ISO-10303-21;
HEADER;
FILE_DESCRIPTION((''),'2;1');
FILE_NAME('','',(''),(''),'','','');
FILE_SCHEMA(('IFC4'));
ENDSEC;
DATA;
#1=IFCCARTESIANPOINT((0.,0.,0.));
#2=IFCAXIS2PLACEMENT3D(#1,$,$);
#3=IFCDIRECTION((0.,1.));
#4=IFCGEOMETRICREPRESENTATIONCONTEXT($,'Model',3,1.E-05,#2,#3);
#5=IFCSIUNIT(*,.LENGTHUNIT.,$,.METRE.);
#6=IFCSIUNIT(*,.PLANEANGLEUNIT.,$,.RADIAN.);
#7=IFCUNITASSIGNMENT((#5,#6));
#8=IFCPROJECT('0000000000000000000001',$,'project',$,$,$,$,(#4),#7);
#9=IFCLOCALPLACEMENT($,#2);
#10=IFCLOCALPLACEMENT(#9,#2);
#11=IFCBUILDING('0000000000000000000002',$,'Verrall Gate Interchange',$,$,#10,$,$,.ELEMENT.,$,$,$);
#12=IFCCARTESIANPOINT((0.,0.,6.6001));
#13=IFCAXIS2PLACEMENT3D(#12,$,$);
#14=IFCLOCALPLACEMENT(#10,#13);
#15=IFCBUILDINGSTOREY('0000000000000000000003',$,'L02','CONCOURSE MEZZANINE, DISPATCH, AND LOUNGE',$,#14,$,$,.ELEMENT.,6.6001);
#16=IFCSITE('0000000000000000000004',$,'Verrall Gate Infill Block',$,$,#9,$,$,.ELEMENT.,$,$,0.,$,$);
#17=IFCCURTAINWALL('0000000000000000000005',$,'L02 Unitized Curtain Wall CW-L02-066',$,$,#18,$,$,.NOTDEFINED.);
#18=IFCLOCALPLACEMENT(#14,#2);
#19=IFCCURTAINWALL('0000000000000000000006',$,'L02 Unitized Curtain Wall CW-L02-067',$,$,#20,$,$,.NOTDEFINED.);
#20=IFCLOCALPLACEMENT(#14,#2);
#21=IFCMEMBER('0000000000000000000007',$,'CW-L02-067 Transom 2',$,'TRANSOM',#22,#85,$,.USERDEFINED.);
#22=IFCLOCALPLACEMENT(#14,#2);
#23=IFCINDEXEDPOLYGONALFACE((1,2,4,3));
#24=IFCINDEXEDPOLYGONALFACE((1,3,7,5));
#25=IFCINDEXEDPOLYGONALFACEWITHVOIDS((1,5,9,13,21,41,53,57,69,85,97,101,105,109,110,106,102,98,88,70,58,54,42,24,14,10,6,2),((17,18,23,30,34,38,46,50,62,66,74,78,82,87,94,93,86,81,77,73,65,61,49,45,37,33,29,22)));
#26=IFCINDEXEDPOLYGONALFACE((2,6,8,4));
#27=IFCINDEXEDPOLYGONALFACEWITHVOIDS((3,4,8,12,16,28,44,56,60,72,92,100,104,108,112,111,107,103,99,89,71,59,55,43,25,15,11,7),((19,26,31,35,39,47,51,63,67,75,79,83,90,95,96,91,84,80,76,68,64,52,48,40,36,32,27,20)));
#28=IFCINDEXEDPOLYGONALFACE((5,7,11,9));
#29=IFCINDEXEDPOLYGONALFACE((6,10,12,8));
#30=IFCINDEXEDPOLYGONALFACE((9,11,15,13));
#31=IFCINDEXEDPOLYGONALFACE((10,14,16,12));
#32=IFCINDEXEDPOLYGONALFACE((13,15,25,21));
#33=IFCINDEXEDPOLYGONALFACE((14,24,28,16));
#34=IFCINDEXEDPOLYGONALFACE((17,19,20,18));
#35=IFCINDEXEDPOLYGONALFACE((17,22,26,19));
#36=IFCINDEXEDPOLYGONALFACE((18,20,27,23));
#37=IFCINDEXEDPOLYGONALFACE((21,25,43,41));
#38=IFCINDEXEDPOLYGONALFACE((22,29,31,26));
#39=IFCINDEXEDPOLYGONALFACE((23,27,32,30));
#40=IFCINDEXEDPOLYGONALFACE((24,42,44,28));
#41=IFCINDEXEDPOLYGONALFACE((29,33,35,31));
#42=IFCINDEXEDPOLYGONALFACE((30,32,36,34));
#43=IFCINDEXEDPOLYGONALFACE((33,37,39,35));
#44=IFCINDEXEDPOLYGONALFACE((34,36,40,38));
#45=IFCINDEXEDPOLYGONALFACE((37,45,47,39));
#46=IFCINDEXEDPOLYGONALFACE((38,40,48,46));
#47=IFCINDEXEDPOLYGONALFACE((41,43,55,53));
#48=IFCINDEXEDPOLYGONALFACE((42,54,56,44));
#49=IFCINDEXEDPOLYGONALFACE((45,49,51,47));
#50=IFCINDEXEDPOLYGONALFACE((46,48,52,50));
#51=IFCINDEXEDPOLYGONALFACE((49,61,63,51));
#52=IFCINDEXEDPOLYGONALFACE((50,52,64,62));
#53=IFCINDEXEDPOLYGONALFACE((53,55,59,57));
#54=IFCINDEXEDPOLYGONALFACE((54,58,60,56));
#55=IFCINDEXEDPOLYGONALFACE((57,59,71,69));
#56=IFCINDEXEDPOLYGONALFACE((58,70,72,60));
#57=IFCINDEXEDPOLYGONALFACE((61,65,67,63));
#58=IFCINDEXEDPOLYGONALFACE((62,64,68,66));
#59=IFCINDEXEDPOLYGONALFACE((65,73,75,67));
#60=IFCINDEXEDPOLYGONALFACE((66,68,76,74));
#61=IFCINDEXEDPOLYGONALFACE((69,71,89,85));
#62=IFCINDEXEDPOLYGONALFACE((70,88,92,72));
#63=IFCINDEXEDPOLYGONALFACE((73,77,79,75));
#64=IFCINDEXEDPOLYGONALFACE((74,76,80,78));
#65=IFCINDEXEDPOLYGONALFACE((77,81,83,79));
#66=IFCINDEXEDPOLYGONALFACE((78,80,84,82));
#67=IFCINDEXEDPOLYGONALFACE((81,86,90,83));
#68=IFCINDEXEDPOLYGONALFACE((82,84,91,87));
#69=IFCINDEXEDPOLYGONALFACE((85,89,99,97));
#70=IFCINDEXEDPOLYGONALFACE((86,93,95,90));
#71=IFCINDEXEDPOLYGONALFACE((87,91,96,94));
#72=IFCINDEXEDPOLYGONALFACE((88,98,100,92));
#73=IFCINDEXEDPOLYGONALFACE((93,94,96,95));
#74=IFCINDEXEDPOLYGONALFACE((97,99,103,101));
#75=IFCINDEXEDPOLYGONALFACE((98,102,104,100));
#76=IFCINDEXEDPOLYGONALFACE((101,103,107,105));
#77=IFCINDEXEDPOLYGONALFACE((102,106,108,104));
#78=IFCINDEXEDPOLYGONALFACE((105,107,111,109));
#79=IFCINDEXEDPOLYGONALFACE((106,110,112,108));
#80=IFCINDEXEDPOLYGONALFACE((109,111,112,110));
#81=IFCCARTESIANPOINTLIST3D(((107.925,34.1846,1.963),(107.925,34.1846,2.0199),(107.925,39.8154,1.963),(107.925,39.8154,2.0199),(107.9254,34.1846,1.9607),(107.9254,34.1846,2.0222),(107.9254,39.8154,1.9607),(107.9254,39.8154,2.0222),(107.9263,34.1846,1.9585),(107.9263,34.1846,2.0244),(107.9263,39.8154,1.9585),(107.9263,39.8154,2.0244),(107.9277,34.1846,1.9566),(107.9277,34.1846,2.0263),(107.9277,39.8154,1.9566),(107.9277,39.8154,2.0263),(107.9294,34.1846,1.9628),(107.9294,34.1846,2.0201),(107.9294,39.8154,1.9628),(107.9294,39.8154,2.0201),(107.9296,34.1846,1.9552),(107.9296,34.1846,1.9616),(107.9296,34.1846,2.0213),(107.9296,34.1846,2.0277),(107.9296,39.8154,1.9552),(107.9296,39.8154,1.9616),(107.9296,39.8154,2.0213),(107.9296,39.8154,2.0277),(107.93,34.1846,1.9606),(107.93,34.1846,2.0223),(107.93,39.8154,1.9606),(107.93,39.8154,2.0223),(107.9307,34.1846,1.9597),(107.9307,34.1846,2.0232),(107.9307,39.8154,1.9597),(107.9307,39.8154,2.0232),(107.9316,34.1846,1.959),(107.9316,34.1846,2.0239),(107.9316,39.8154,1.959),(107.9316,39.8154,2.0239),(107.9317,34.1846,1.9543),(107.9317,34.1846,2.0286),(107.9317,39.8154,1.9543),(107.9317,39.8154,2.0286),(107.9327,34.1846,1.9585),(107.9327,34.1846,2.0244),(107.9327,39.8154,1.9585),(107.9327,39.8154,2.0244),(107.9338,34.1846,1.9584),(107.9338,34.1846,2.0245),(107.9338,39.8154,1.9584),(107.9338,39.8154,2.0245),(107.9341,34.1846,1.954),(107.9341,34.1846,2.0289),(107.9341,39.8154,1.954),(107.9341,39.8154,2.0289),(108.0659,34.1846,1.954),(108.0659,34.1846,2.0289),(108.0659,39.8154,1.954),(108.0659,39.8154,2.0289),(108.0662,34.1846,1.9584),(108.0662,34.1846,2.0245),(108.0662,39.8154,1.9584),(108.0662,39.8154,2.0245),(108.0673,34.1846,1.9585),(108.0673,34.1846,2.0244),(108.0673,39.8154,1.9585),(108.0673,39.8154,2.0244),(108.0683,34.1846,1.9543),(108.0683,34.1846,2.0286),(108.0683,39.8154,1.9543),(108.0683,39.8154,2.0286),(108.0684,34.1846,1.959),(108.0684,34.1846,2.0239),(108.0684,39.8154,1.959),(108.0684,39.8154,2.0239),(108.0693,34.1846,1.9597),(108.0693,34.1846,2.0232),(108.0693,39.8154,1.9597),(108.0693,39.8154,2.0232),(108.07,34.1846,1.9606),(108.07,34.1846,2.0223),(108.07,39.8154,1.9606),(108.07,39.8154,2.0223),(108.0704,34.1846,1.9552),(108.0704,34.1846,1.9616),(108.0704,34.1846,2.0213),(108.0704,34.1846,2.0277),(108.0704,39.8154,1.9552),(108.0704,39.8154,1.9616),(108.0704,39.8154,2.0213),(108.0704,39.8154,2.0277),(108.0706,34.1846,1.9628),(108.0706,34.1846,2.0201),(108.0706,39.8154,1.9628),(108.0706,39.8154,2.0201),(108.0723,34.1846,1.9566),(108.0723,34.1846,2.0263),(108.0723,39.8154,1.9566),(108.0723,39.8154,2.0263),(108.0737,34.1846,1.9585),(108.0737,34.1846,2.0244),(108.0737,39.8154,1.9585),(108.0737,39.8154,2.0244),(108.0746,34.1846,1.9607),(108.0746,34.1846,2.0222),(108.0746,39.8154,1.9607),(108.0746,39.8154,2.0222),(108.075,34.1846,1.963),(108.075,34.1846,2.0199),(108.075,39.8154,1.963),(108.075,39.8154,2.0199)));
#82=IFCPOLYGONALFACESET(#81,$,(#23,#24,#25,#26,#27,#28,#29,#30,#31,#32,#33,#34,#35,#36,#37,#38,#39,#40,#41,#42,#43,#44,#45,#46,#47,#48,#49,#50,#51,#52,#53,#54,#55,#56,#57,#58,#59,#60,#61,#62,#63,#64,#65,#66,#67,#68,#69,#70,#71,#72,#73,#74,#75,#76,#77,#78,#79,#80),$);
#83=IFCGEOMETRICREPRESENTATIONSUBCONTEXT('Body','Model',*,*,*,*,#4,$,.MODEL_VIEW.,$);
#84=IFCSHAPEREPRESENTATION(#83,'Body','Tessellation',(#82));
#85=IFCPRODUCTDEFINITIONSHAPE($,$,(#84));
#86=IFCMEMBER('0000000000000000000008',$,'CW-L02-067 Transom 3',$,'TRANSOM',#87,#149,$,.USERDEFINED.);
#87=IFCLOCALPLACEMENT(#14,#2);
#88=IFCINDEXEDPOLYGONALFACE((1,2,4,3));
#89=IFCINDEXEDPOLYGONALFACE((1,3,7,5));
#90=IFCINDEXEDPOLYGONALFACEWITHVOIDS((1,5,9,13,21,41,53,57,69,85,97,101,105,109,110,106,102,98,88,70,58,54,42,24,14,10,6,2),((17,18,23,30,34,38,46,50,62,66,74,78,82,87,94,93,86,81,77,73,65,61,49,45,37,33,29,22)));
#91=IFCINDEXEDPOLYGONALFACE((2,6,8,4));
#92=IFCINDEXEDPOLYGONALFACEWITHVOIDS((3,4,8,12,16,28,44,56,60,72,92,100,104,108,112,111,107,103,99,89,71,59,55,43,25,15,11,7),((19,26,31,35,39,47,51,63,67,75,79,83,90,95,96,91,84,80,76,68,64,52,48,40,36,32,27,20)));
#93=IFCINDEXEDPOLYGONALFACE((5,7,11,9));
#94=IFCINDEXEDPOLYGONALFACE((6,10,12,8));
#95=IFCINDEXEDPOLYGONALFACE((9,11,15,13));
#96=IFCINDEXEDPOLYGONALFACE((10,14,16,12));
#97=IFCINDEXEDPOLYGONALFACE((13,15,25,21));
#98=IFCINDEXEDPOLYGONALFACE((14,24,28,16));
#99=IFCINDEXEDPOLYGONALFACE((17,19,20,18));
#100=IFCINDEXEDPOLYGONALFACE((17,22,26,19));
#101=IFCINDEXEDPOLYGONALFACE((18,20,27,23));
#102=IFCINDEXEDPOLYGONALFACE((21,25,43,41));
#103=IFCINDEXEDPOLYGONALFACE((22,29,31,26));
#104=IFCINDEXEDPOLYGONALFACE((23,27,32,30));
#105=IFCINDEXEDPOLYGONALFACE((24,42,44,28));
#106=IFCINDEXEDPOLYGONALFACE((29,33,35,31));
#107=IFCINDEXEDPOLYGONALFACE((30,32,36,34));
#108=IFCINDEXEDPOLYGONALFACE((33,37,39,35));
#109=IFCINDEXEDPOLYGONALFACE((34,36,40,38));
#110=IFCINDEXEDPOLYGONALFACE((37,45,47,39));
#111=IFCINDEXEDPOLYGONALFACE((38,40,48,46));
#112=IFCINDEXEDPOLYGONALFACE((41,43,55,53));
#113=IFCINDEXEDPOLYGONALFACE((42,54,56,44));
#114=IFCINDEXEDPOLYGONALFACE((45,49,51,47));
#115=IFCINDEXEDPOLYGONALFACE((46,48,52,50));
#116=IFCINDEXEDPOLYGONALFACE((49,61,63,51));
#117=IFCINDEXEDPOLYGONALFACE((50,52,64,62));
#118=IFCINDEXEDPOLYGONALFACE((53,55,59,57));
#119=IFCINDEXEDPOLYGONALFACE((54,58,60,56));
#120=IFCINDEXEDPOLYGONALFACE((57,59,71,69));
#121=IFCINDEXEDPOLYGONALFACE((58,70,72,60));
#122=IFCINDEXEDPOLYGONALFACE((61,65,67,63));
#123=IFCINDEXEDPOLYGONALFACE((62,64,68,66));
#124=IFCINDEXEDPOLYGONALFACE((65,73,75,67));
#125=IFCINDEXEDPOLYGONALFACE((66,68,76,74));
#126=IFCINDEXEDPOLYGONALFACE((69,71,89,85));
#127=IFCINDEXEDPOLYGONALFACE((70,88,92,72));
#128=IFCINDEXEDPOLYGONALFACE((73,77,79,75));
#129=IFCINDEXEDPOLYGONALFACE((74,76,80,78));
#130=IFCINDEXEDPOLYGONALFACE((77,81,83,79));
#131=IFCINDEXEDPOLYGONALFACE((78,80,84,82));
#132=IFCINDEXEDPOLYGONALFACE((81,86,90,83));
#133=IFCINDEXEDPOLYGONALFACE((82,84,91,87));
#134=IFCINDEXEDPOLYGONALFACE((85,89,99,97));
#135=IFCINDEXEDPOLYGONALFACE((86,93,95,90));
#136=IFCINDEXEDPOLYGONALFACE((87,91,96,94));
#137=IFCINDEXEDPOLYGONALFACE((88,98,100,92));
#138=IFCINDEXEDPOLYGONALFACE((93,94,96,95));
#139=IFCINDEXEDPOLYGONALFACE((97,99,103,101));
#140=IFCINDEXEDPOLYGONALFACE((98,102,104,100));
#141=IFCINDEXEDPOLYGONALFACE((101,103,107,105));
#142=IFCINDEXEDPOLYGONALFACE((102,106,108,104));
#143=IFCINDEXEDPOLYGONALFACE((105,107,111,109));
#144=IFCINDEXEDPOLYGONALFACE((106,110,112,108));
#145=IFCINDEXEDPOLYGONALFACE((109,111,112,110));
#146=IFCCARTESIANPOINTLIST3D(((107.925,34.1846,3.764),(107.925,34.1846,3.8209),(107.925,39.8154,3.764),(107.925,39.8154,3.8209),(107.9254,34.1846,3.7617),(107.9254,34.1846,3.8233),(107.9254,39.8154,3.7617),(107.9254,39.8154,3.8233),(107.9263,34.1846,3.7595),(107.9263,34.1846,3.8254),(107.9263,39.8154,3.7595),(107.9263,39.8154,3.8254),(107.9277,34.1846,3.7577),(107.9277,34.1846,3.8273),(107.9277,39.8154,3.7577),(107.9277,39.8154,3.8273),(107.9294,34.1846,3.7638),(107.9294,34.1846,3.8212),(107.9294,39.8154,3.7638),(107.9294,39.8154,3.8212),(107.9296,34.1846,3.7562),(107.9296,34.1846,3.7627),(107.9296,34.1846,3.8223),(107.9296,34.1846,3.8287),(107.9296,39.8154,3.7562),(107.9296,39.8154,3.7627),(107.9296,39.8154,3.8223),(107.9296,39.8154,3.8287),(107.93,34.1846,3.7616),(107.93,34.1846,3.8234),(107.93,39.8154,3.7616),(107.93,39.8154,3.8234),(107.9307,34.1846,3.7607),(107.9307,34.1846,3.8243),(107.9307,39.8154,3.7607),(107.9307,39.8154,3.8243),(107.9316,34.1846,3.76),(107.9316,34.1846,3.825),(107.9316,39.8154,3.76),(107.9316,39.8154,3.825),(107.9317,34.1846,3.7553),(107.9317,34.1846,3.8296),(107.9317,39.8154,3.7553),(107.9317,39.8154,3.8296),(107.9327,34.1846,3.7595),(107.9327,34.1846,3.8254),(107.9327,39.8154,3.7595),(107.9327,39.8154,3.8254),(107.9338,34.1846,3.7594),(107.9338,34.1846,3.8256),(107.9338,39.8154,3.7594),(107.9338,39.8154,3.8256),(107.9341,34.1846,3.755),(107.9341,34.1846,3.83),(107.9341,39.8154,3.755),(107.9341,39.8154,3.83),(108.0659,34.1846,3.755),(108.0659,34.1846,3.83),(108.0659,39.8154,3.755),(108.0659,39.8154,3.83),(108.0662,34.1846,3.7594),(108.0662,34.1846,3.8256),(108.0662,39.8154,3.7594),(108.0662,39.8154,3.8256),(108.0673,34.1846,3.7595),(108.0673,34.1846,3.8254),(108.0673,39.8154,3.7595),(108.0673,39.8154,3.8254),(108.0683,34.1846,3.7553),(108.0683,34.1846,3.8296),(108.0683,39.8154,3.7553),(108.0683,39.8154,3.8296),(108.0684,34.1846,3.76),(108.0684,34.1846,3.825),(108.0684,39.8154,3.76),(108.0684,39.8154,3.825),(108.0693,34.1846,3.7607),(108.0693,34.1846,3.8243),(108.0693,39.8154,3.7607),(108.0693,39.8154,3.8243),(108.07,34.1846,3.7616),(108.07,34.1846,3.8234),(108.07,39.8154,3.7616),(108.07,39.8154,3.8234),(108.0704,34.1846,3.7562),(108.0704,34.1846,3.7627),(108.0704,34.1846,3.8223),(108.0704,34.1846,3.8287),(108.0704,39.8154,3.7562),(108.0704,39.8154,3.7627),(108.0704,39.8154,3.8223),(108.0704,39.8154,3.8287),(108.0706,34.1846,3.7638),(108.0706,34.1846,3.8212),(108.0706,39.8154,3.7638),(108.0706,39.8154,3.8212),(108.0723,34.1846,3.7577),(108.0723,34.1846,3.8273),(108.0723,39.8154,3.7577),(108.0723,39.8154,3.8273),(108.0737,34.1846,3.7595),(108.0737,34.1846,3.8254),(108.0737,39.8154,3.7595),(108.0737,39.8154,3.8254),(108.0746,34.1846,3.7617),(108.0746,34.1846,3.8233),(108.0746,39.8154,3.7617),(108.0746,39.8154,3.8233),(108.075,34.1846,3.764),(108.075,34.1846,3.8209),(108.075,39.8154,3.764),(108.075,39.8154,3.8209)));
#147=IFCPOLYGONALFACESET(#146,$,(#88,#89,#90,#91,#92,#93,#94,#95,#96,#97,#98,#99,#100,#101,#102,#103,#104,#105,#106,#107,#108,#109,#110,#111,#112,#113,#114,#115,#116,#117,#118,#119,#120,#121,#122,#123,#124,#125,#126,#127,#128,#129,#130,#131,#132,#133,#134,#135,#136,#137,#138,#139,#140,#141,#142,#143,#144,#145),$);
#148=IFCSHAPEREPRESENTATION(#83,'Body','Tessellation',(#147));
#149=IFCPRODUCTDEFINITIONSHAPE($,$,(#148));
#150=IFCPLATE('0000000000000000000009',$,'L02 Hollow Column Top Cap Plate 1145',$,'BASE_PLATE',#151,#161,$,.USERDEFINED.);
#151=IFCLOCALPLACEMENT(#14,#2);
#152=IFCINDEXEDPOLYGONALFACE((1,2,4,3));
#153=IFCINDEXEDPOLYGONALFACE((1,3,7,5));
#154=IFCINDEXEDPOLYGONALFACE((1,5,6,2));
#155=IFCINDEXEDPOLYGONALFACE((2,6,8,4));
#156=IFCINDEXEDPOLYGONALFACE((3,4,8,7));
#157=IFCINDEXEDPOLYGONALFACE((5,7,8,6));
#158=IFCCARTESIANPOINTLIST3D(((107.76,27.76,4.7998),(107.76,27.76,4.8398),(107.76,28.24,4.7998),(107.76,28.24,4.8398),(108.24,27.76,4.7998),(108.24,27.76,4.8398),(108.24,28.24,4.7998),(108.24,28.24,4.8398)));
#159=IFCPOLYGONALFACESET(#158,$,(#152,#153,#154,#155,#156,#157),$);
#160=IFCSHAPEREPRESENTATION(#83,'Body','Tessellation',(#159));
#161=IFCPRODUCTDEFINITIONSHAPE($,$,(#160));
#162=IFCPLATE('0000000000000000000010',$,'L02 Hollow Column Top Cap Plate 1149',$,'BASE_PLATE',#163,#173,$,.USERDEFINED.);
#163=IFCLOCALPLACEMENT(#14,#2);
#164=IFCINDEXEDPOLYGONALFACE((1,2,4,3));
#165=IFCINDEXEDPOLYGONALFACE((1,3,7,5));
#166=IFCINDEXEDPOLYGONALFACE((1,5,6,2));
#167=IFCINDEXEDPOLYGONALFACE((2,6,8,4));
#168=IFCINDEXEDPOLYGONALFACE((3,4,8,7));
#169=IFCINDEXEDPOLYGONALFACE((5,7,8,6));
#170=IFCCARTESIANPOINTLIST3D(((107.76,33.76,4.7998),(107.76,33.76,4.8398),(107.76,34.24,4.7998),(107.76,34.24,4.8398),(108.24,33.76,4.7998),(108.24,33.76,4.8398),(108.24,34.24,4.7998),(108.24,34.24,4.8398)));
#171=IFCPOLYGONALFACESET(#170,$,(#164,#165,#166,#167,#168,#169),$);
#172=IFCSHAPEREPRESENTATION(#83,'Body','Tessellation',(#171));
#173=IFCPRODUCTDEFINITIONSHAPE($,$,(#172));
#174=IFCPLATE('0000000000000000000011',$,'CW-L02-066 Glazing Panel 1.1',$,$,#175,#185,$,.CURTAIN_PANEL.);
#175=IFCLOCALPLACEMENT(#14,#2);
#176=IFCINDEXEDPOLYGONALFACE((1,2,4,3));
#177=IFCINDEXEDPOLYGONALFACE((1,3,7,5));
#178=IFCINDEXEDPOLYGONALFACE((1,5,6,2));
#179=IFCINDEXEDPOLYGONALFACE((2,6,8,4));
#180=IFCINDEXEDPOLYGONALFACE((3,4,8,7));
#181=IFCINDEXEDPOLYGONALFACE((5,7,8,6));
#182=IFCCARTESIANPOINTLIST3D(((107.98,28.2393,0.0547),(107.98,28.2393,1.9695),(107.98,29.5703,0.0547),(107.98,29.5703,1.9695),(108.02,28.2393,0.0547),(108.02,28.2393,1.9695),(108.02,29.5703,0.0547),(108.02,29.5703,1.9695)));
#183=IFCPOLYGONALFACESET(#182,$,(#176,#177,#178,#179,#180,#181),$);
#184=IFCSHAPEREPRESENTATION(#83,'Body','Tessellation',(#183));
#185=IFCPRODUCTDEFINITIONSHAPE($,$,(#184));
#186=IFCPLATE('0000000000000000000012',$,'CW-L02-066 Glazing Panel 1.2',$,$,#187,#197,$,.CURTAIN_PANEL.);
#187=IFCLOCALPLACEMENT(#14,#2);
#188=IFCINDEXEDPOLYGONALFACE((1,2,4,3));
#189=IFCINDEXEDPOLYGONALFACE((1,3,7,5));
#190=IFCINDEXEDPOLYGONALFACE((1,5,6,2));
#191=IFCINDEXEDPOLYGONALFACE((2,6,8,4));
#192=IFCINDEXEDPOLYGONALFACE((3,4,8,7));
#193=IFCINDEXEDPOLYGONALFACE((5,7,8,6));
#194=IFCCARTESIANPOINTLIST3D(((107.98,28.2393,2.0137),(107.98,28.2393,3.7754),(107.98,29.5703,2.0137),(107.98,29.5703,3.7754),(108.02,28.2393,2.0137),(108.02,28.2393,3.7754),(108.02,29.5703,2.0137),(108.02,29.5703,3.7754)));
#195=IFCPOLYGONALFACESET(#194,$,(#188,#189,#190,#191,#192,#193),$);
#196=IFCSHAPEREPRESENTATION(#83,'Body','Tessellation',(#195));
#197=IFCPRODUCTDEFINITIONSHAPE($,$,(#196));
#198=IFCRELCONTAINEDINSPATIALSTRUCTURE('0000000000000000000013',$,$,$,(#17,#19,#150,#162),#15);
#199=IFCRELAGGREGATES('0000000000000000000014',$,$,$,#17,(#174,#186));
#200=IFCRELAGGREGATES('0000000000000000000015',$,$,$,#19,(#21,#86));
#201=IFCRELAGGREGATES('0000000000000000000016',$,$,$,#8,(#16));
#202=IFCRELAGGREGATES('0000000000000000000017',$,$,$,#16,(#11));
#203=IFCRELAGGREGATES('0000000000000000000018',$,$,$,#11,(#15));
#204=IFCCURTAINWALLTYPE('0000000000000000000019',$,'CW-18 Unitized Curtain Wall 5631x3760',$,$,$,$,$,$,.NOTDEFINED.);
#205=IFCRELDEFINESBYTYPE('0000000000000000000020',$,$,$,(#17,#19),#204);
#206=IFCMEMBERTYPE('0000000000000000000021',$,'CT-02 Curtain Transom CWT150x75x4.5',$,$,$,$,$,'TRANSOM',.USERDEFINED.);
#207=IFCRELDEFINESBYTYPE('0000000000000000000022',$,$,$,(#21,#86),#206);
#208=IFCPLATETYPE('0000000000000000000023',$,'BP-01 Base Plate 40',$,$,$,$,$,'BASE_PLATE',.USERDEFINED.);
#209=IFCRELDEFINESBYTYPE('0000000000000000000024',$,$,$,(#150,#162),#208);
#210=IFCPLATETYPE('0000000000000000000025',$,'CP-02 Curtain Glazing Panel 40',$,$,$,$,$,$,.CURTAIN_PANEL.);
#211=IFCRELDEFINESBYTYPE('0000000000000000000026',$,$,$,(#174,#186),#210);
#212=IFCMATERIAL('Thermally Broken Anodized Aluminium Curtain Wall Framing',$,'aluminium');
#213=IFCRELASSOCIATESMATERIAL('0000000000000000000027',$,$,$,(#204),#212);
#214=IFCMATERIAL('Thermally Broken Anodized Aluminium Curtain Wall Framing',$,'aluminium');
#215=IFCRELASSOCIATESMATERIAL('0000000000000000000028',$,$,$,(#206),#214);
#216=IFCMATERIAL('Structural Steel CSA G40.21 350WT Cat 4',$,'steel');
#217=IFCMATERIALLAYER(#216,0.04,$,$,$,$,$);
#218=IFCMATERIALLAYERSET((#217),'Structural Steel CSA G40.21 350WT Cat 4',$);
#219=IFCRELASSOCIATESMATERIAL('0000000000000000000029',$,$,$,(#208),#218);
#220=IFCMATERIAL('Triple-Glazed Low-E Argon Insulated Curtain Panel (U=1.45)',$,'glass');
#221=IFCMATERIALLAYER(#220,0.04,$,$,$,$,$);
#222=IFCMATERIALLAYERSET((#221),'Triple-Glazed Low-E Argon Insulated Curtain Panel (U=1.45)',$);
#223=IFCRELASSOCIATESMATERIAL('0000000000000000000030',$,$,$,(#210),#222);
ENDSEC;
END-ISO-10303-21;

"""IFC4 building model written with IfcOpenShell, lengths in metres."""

from ifc_helpers import new_model, si_unit, direction, frame, origin, origin_2d, place, context, subcontext, project, spatial, rectangle, hollow_rectangle, extrude, material, layer, layer_set, material_profile, profile_set, type_object, element, aggregate, save


model = new_model("IFC4")

# Units and contexts
model_context = context("Model", 3, precision=1e-05, world=origin(), true_north=direction((0.0, 1.0)))
body_context = subcontext(model_context, "Body", "Model", "MODEL_VIEW")
ifc_project = project(units=[si_unit("LENGTHUNIT", "METRE"), si_unit("PLANEANGLEUNIT", "RADIAN")], contexts=[model_context])

# Site, building, storey
site_placement = place(None, origin())
site = spatial("IfcSite", under=ifc_project, at=site_placement, Name="Verrall Gate Infill Block", CompositionType="ELEMENT", RefElevation=0.0)
building_placement = place(site_placement, origin())
building = spatial("IfcBuilding", under=site, at=building_placement, Name="Verrall Gate Interchange", CompositionType="ELEMENT")
storey_placement = place(building_placement, frame((0.0, 0.0, 6.6001)))
storey = spatial("IfcBuildingStorey", under=building, at=storey_placement, Name="L02", Description="CONCOURSE MEZZANINE, DISPATCH, AND LOUNGE", CompositionType="ELEMENT", Elevation=6.6001)

# Curtain wall
ifc_material_1 = material(Name="Thermally Broken Anodized Aluminium Curtain Wall Framing", Category="aluminium")
curtain_wall_type = type_object("IfcCurtainWallType", Name="CW-18 Unitized Curtain Wall 5631x3760", PredefinedType="NOTDEFINED", material=ifc_material_1)
curtain_wall_1_placement = place(storey_placement, origin())
curtain_wall_1 = element("IfcCurtainWall", 1, at=curtain_wall_1_placement, inside=storey, type_object=curtain_wall_type, Name="L02 Unitized Curtain Wall CW-L02-066", PredefinedType="NOTDEFINED")

# Curtain wall
curtain_wall_2_placement = place(storey_placement, origin())
curtain_wall_2 = element("IfcCurtainWall", 2, at=curtain_wall_2_placement, inside=storey, type_object=curtain_wall_type, Name="L02 Unitized Curtain Wall CW-L02-067", PredefinedType="NOTDEFINED")

# Members
ifc_material_2 = material(Name="Thermally Broken Anodized Aluminium Curtain Wall Framing", Category="aluminium")
ifc_material_profile_1 = material_profile(ifc_material_2, hollow_rectangle(XDim=0.1499, YDim=0.075, WallThickness=0.0044, InnerFilletRadius=0.0044, OuterFilletRadius=0.009, at=origin_2d()), Name="CWT150x75x4.5")
ifc_profile_set_1 = profile_set([ifc_material_profile_1], Name="Thermally Broken Anodized Aluminium Curtain Wall Framing")
member_type_1 = type_object("IfcMemberType", Name="CT-02 Curtain Transom CWT150x75x4.5", ElementType="TRANSOM", PredefinedType="USERDEFINED", material=ifc_profile_set_1)
member_1_placement = place(storey_placement, frame((108.0, 34.1846, 1.9915), z_axis=(0.0, 1.0, 0.0), x_axis=(-1.0, 0.0, 0.0)))
member_1 = element("IfcMember", 3, at=member_1_placement, type_object=member_type_1, Name="CW-L02-067 Transom 2", ObjectType="TRANSOM", PredefinedType="USERDEFINED", context=body_context, shape_type="SweptSolid", body=[
    extrude(hollow_rectangle(XDim=0.1499, YDim=0.075, WallThickness=0.0044, InnerFilletRadius=0.0044, OuterFilletRadius=0.009, at=origin_2d()), origin(), (0.0, 0.0, 1.0), 5.6309),
])
member_2_placement = place(storey_placement, frame((108.0, 34.1846, 3.7925), z_axis=(0.0, 1.0, 0.0), x_axis=(-1.0, 0.0, 0.0)))
member_2 = element("IfcMember", 4, at=member_2_placement, type_object=member_type_1, Name="CW-L02-067 Transom 3", ObjectType="TRANSOM", PredefinedType="USERDEFINED", context=body_context, shape_type="SweptSolid", body=[
    extrude(hollow_rectangle(XDim=0.1499, YDim=0.075, WallThickness=0.0044, InnerFilletRadius=0.0044, OuterFilletRadius=0.009, at=origin_2d()), origin(), (0.0, 0.0, 1.0), 5.6309),
])

# Plates
ifc_material_3 = material(Name="Structural Steel CSA G40.21 350WT Cat 4", Category="steel")
ifc_layer_1 = layer(ifc_material_3, 0.04)
ifc_layer_set_1 = layer_set([ifc_layer_1], Name="Structural Steel CSA G40.21 350WT Cat 4")
plate_type_1 = type_object("IfcPlateType", Name="BP-01 Base Plate 40", ElementType="BASE_PLATE", PredefinedType="USERDEFINED", material=ifc_layer_set_1)
for number, where, z_axis, x_axis, name in (
    (5, (108.0, 28.0, 4.7998), (0.0, 0.0, 1.0), (1.0, 0.0, 0.0), "L02 Hollow Column Top Cap Plate 1145"),
    (6, (108.0, 34.0, 4.7998), (0.0, 0.0, 1.0), (1.0, 0.0, 0.0), "L02 Hollow Column Top Cap Plate 1149"),
):
    element("IfcPlate", number, at=place(storey_placement, frame(where, z_axis=z_axis, x_axis=x_axis)), inside=storey, type_object=plate_type_1, Name=name, ObjectType="BASE_PLATE", PredefinedType="USERDEFINED", context=body_context, shape_type="SweptSolid", body=[
        extrude(rectangle(XDim=0.48, YDim=0.48, at=origin_2d()), origin(), (0.0, 0.0, 1.0), 0.04),
    ])

# Plates
ifc_material_4 = material(Name="Triple-Glazed Low-E Argon Insulated Curtain Panel (U=1.45)", Category="glass")
ifc_layer_2 = layer(ifc_material_4, 0.04)
ifc_layer_set_2 = layer_set([ifc_layer_2], Name="Triple-Glazed Low-E Argon Insulated Curtain Panel (U=1.45)")
plate_type_2 = type_object("IfcPlateType", Name="CP-02 Curtain Glazing Panel 40", PredefinedType="CURTAIN_PANEL", material=ifc_layer_set_2)
plate_1_placement = place(storey_placement, frame((108.0, 28.9048, 0.0547), z_axis=(0.0, 0.0, 1.0), x_axis=(0.0, 1.0, 0.0)))
plate_1 = element("IfcPlate", 7, at=plate_1_placement, type_object=plate_type_2, Name="CW-L02-066 Glazing Panel 1.1", PredefinedType="CURTAIN_PANEL", context=body_context, shape_type="SweptSolid", body=[
    extrude(rectangle(XDim=1.3311, YDim=0.04, at=origin_2d()), origin(), (0.0, 0.0, 1.0), 1.9148),
])
plate_2_placement = place(storey_placement, frame((108.0, 28.9048, 2.0137), z_axis=(0.0, 0.0, 1.0), x_axis=(0.0, 1.0, 0.0)))
plate_2 = element("IfcPlate", 8, at=plate_2_placement, type_object=plate_type_2, Name="CW-L02-066 Glazing Panel 1.2", PredefinedType="CURTAIN_PANEL", context=body_context, shape_type="SweptSolid", body=[
    extrude(rectangle(XDim=1.3311, YDim=0.04, at=origin_2d()), origin(), (0.0, 0.0, 1.0), 1.7617),
])
aggregate(curtain_wall_1, [plate_1, plate_2])
aggregate(curtain_wall_2, [member_1, member_2])

save(model, "model.ifc")
